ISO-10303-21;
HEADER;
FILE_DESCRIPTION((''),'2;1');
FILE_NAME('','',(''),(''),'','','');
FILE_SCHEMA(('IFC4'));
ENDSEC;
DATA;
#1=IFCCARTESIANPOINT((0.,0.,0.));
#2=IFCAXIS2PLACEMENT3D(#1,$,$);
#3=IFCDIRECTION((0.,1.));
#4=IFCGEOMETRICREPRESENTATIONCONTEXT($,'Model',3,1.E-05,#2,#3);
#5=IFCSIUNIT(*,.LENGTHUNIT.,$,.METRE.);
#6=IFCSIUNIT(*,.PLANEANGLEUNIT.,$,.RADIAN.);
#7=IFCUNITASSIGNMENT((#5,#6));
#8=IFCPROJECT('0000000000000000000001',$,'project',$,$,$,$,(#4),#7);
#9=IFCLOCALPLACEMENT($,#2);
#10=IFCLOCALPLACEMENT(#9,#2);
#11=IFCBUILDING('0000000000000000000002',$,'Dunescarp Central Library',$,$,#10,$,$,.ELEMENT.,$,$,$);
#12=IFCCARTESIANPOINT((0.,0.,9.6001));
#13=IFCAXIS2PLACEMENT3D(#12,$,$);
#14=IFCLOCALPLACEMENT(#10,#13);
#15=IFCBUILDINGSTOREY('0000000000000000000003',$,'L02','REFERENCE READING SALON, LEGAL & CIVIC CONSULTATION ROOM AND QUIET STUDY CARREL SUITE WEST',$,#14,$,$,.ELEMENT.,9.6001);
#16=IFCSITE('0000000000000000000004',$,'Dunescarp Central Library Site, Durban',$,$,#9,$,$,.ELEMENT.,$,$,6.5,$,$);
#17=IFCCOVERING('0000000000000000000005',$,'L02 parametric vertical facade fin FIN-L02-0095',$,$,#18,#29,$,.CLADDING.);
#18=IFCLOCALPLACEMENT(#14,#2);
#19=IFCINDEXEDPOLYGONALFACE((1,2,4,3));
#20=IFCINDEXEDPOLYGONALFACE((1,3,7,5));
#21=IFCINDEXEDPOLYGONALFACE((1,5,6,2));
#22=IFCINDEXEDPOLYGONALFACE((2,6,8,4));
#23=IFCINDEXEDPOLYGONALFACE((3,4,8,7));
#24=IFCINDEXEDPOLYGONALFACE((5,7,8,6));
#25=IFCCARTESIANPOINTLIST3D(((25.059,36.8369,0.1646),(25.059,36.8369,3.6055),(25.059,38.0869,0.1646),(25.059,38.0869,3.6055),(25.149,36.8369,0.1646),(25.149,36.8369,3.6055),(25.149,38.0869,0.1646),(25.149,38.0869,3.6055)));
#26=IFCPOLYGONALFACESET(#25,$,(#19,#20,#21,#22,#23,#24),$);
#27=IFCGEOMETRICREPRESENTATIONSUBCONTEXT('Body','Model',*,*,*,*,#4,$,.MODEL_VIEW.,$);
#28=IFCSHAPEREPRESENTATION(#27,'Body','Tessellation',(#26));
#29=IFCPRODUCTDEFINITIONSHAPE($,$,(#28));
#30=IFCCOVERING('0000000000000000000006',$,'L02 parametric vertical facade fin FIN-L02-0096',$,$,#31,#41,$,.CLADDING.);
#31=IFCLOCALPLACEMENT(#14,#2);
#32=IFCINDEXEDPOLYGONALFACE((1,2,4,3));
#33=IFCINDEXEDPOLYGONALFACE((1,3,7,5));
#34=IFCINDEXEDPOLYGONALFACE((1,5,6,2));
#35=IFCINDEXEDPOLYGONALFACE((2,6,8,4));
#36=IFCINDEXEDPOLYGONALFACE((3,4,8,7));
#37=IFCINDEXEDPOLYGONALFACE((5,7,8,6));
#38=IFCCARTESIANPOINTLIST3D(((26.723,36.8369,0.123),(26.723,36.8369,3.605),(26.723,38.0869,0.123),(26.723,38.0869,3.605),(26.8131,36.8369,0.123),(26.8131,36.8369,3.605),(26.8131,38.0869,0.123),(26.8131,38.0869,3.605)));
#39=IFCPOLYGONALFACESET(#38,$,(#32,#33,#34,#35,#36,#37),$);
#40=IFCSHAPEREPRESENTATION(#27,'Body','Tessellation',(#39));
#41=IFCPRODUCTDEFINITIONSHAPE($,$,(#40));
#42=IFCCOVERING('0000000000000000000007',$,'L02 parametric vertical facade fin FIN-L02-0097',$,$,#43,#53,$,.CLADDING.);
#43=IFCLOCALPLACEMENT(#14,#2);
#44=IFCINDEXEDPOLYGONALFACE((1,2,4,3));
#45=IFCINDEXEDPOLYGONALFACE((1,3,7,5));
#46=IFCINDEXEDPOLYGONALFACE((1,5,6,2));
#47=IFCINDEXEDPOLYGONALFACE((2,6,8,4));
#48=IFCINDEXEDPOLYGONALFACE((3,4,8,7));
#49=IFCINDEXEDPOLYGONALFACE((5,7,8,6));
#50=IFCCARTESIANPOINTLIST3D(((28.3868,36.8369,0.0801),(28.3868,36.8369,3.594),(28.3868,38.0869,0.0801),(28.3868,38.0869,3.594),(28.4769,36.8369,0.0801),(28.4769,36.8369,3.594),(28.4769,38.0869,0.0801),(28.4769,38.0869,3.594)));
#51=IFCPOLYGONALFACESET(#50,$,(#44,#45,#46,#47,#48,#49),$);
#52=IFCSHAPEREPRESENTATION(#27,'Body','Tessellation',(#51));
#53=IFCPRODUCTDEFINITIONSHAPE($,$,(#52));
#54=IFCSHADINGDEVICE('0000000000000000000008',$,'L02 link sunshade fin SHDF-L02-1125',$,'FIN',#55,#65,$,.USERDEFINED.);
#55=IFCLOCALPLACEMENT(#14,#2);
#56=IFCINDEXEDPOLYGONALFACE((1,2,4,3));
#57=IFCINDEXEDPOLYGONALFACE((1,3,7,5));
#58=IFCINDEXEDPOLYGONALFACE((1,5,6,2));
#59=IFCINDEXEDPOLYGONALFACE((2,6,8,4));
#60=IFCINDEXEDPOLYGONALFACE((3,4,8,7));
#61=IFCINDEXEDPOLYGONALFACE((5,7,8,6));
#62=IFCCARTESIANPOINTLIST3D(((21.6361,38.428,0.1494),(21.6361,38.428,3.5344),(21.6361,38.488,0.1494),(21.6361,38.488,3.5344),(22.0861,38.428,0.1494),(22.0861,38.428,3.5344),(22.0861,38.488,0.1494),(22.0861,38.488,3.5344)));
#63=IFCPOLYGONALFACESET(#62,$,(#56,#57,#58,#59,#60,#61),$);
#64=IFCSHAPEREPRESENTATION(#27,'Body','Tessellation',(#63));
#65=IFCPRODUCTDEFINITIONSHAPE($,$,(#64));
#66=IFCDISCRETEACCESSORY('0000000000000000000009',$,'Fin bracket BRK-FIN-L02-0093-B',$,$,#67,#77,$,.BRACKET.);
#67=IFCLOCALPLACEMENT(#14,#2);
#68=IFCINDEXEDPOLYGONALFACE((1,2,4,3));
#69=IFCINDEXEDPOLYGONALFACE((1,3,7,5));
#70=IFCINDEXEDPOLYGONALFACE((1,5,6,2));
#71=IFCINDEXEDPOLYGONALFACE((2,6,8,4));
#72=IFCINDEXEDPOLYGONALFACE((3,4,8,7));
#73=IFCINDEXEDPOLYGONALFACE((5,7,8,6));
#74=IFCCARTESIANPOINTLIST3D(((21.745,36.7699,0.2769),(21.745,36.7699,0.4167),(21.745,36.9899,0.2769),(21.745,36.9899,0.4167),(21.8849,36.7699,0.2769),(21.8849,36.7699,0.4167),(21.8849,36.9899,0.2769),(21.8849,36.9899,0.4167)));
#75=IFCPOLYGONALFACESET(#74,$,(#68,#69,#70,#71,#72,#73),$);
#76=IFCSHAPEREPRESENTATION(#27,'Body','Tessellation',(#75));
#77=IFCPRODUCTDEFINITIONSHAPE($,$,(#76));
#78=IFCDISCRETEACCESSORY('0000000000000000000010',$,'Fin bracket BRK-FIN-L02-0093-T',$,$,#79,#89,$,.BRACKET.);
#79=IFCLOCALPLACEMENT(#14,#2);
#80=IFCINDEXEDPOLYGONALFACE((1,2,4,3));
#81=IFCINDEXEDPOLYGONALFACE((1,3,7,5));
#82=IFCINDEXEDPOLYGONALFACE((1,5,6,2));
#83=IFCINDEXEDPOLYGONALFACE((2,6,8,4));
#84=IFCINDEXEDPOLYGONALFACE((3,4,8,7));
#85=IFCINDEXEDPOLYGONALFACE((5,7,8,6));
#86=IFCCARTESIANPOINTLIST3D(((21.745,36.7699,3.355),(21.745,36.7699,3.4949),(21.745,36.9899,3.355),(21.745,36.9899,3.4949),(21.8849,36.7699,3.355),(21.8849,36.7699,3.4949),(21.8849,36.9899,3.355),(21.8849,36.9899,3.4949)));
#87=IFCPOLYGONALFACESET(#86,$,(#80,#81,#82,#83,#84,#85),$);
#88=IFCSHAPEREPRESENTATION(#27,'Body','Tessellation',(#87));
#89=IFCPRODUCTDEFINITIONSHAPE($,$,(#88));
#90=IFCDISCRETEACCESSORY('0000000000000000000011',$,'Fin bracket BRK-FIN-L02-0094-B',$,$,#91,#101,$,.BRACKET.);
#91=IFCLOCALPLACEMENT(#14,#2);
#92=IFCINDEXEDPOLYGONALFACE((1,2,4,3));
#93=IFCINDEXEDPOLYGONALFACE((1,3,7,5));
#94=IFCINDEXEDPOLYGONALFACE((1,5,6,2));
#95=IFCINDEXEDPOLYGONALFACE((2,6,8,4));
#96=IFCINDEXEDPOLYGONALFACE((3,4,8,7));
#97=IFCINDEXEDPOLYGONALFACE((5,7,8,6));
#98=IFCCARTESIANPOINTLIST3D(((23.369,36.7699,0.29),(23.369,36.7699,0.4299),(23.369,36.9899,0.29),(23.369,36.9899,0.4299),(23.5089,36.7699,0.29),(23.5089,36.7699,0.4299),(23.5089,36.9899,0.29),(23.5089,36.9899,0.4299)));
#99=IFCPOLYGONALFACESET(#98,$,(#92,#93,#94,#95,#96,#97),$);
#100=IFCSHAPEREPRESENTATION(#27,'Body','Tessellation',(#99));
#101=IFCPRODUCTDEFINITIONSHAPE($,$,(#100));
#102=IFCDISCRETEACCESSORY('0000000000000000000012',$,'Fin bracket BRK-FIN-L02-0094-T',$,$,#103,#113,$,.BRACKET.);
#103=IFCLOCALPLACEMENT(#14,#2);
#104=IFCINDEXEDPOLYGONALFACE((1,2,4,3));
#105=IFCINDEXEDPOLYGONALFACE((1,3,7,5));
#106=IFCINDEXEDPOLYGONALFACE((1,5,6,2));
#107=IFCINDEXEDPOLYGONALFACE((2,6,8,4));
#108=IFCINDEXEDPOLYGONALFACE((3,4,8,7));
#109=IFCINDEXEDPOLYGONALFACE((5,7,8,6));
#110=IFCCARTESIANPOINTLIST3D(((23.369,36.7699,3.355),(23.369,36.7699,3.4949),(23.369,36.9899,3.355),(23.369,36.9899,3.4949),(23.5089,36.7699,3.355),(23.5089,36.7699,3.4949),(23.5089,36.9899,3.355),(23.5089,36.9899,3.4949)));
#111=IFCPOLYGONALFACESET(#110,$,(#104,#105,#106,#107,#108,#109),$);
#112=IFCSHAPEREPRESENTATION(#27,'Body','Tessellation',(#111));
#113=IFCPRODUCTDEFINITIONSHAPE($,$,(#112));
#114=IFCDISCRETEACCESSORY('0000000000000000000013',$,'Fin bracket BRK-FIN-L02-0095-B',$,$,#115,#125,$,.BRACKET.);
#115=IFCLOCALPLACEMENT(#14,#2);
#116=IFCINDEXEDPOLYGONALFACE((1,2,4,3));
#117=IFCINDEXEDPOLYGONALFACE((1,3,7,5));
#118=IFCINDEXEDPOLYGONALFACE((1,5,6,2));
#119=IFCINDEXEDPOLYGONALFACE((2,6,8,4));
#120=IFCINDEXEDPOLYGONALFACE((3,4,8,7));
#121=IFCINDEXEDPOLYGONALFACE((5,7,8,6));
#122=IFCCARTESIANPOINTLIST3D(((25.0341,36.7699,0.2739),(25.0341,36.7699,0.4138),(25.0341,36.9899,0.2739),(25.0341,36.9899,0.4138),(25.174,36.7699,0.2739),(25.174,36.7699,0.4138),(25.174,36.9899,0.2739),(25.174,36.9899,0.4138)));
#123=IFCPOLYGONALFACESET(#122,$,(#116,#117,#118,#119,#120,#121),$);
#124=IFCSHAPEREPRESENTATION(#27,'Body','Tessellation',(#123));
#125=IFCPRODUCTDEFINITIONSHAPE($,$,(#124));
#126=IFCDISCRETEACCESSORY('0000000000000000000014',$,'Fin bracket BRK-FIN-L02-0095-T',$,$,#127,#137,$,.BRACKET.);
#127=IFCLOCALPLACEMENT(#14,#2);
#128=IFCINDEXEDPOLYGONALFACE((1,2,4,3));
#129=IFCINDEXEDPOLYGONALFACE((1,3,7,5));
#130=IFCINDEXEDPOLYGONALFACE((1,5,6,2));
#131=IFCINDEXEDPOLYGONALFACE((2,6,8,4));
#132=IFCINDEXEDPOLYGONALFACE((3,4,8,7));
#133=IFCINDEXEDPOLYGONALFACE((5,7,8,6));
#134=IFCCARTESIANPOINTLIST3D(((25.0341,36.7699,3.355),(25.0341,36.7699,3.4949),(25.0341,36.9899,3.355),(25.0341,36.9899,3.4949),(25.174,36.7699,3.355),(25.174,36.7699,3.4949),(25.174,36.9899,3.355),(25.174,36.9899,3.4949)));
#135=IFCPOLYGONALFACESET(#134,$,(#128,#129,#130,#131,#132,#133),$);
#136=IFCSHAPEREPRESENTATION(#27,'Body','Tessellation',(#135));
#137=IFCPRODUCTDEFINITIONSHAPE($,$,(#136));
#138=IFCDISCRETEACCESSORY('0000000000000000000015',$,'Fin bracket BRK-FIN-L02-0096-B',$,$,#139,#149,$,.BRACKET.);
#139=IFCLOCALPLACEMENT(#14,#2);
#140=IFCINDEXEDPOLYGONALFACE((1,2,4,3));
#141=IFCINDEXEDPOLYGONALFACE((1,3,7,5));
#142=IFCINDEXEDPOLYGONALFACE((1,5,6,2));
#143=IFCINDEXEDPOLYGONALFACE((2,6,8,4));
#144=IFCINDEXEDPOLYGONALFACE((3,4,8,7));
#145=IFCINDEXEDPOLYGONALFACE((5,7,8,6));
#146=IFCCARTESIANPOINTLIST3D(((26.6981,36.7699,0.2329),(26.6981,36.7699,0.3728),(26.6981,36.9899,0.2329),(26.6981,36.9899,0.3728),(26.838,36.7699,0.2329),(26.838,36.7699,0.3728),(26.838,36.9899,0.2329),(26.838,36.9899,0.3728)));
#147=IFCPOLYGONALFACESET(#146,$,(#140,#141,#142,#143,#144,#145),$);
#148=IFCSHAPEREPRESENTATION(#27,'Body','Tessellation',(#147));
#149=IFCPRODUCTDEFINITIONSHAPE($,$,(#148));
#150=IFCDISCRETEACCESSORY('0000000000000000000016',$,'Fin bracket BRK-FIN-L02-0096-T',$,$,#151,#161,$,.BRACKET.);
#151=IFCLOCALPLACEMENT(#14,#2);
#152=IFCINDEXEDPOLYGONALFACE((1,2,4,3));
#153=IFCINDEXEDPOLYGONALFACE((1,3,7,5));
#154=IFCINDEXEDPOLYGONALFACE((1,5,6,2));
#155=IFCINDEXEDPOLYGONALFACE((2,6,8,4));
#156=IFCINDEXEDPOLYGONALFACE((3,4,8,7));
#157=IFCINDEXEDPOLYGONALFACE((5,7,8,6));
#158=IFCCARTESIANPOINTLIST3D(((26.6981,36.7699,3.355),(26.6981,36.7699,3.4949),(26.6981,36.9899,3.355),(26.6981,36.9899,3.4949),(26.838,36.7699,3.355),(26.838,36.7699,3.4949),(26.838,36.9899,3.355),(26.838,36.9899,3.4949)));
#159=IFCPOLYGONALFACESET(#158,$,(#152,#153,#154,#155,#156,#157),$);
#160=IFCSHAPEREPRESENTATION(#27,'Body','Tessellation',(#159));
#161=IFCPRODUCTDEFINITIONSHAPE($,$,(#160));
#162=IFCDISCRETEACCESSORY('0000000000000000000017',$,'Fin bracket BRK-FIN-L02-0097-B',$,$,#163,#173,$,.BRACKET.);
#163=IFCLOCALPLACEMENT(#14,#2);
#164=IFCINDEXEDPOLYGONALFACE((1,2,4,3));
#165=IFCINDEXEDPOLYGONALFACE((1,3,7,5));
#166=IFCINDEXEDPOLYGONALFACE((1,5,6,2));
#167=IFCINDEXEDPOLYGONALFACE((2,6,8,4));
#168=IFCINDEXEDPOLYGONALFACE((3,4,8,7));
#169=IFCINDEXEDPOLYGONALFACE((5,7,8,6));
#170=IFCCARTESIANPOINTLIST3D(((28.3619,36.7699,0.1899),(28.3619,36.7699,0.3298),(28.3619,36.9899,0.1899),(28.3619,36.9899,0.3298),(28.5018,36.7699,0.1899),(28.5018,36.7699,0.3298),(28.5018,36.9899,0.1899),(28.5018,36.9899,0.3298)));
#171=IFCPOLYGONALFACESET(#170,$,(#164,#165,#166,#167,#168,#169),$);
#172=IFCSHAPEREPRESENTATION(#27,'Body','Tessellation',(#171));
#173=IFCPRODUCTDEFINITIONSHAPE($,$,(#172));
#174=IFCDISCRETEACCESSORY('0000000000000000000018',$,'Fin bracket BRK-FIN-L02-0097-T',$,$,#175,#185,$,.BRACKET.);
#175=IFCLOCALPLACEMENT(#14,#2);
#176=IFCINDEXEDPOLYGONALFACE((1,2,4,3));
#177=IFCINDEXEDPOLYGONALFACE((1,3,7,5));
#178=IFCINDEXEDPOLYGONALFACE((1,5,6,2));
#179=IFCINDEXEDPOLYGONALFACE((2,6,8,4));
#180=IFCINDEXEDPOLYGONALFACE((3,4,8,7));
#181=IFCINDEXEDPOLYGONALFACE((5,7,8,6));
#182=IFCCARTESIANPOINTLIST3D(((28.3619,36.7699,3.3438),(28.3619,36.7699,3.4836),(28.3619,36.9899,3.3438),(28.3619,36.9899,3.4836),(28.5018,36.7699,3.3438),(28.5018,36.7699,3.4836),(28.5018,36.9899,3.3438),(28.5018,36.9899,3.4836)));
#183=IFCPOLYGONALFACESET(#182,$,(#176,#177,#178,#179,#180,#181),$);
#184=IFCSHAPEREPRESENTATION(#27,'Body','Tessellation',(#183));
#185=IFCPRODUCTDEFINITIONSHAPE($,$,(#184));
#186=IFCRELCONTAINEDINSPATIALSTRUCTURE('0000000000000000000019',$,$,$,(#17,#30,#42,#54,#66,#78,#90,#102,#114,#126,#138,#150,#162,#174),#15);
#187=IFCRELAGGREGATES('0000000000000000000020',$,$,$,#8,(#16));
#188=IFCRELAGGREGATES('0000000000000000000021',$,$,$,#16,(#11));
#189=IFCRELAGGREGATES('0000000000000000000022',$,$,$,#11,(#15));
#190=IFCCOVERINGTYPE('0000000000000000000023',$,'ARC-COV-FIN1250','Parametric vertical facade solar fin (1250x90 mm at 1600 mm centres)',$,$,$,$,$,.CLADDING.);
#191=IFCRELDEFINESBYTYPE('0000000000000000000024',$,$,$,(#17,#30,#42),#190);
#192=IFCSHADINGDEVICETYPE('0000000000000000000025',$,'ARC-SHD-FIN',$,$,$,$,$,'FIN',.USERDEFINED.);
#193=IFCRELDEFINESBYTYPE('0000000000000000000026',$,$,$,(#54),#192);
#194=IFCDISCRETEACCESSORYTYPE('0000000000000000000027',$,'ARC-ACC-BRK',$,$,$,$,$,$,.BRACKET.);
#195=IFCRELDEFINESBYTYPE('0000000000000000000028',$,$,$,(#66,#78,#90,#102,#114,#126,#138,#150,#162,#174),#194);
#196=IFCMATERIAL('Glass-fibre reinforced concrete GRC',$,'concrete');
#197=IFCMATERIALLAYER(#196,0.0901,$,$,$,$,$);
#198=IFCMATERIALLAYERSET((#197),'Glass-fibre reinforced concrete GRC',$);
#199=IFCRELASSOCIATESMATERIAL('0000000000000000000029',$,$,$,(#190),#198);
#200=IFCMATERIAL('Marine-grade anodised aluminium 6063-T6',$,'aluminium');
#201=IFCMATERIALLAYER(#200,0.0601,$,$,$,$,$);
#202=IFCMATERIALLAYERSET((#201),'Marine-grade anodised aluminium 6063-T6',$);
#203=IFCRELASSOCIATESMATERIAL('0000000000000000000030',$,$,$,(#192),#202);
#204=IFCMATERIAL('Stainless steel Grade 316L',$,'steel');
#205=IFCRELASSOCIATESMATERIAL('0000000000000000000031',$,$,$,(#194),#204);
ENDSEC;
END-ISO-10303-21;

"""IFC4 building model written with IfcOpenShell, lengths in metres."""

from ifc_helpers import new_model, si_unit, direction, frame, origin, origin_2d, place, context, subcontext, project, spatial, rectangle, extrude, material, layer, layer_set, type_object, element, save


model = new_model("IFC4")

# Units and contexts
model_context = context("Model", 3, precision=1e-05, world=origin(), true_north=direction((0.0, 1.0)))
body_context = subcontext(model_context, "Body", "Model", "MODEL_VIEW")
ifc_project = project(units=[si_unit("LENGTHUNIT", "METRE"), si_unit("PLANEANGLEUNIT", "RADIAN")], contexts=[model_context])

# Site, building, storey
site_placement = place(None, origin())
site = spatial("IfcSite", under=ifc_project, at=site_placement, Name="Dunescarp Central Library Site, Durban", CompositionType="ELEMENT", RefElevation=6.5)
building_placement = place(site_placement, origin())
building = spatial("IfcBuilding", under=site, at=building_placement, Name="Dunescarp Central Library", CompositionType="ELEMENT")
storey_placement = place(building_placement, frame((0.0, 0.0, 9.6001)))
storey = spatial("IfcBuildingStorey", under=building, at=storey_placement, Name="L02", Description="REFERENCE READING SALON, LEGAL & CIVIC CONSULTATION ROOM AND QUIET STUDY CARREL SUITE WEST", CompositionType="ELEMENT", Elevation=9.6001)

# Shared definitions
ifc_material_1 = material(Name="Marine-grade anodised aluminium 6063-T6", Category="aluminium")

# Coverings
ifc_material_2 = material(Name="Glass-fibre reinforced concrete GRC", Category="concrete")
ifc_layer_1 = layer(ifc_material_2, 0.0901)
ifc_layer_set_1 = layer_set([ifc_layer_1], Name="Glass-fibre reinforced concrete GRC")
covering_type = type_object("IfcCoveringType", Name="ARC-COV-FIN1250", Description="Parametric vertical facade solar fin (1250x90 mm at 1600 mm centres)", PredefinedType="CLADDING", material=ifc_layer_set_1)
covering_1_placement = place(storey_placement, frame((25.104, 37.4619, 0.1646), z_axis=(0.0, 0.0, 1.0), x_axis=(0.0, 1.0, 0.0)))
element("IfcCovering", 1, at=covering_1_placement, inside=storey, type_object=covering_type, Name="L02 parametric vertical facade fin FIN-L02-0095", PredefinedType="CLADDING", context=body_context, shape_type="SweptSolid", body=[
    extrude(rectangle(XDim=1.25, YDim=0.0901, at=origin_2d()), origin(), (0.0, 0.0, 1.0), 3.4409),
])
covering_2_placement = place(storey_placement, frame((26.7681, 37.4619, 0.123), z_axis=(0.0, 0.0, 1.0), x_axis=(0.0, 1.0, 0.0)))
element("IfcCovering", 2, at=covering_2_placement, inside=storey, type_object=covering_type, Name="L02 parametric vertical facade fin FIN-L02-0096", PredefinedType="CLADDING", context=body_context, shape_type="SweptSolid", body=[
    extrude(rectangle(XDim=1.25, YDim=0.0901, at=origin_2d()), origin(), (0.0, 0.0, 1.0), 3.4819),
])
covering_3_placement = place(storey_placement, frame((28.4319, 37.4619, 0.0801), z_axis=(0.0, 0.0, 1.0), x_axis=(0.0, 1.0, 0.0)))
element("IfcCovering", 3, at=covering_3_placement, inside=storey, type_object=covering_type, Name="L02 parametric vertical facade fin FIN-L02-0097", PredefinedType="CLADDING", context=body_context, shape_type="SweptSolid", body=[
    extrude(rectangle(XDim=1.25, YDim=0.0901, at=origin_2d()), origin(), (0.0, 0.0, 1.0), 3.5139),
])

# Shading device
ifc_layer_2 = layer(ifc_material_1, 0.0601)
ifc_layer_set_2 = layer_set([ifc_layer_2], Name="Marine-grade anodised aluminium 6063-T6")
shading_device_type = type_object("IfcShadingDeviceType", Name="ARC-SHD-FIN", ElementType="FIN", PredefinedType="USERDEFINED", material=ifc_layer_set_2)
shading_device_placement = place(storey_placement, frame((21.8611, 38.458, 0.1494), z_axis=(0.0, 0.0, 1.0), x_axis=(1.0, 0.0, 0.0)))
element("IfcShadingDevice", 4, at=shading_device_placement, inside=storey, type_object=shading_device_type, Name="L02 link sunshade fin SHDF-L02-1125", ObjectType="FIN", PredefinedType="USERDEFINED", context=body_context, shape_type="SweptSolid", body=[
    extrude(rectangle(XDim=0.45, YDim=0.0601, at=origin_2d()), origin(), (0.0, 0.0, 1.0), 3.385),
])

# Discrete accessories
ifc_material_3 = material(Name="Stainless steel Grade 316L", Category="steel")
discrete_accessory_type = type_object("IfcDiscreteAccessoryType", Name="ARC-ACC-BRK", PredefinedType="BRACKET", material=ifc_material_3)
for number, where, z_axis, x_axis, name in (
    (5, (21.8149, 36.8799, 0.2769), (0.0, 0.0, 1.0), (0.0, 1.0, 0.0), "Fin bracket BRK-FIN-L02-0093-B"),
    (6, (21.8149, 36.8799, 3.355), (0.0, 0.0, 1.0), (0.0, 1.0, 0.0), "Fin bracket BRK-FIN-L02-0093-T"),
    (7, (23.439, 36.8799, 0.29), (0.0, 0.0, 1.0), (0.0, 1.0, 0.0), "Fin bracket BRK-FIN-L02-0094-B"),
    (8, (23.439, 36.8799, 3.355), (0.0, 0.0, 1.0), (0.0, 1.0, 0.0), "Fin bracket BRK-FIN-L02-0094-T"),
    (9, (25.104, 36.8799, 0.2739), (0.0, 0.0, 1.0), (0.0, 1.0, 0.0), "Fin bracket BRK-FIN-L02-0095-B"),
    (10, (25.104, 36.8799, 3.355), (0.0, 0.0, 1.0), (0.0, 1.0, 0.0), "Fin bracket BRK-FIN-L02-0095-T"),
    (11, (26.7681, 36.8799, 0.2329), (0.0, 0.0, 1.0), (0.0, 1.0, 0.0), "Fin bracket BRK-FIN-L02-0096-B"),
    (12, (26.7681, 36.8799, 3.355), (0.0, 0.0, 1.0), (0.0, 1.0, 0.0), "Fin bracket BRK-FIN-L02-0096-T"),
    (13, (28.4319, 36.8799, 0.1899), (0.0, 0.0, 1.0), (0.0, 1.0, 0.0), "Fin bracket BRK-FIN-L02-0097-B"),
    (14, (28.4319, 36.8799, 3.3438), (0.0, 0.0, 1.0), (0.0, 1.0, 0.0), "Fin bracket BRK-FIN-L02-0097-T"),
):
    element("IfcDiscreteAccessory", number, at=place(storey_placement, frame(where, z_axis=z_axis, x_axis=x_axis)), inside=storey, type_object=discrete_accessory_type, Name=name, PredefinedType="BRACKET", context=body_context, shape_type="SweptSolid", body=[
        extrude(rectangle(XDim=0.22, YDim=0.1399, at=origin_2d()), origin(), (0.0, 0.0, 1.0), 0.1399),
    ])

save(model, "model.ifc")
